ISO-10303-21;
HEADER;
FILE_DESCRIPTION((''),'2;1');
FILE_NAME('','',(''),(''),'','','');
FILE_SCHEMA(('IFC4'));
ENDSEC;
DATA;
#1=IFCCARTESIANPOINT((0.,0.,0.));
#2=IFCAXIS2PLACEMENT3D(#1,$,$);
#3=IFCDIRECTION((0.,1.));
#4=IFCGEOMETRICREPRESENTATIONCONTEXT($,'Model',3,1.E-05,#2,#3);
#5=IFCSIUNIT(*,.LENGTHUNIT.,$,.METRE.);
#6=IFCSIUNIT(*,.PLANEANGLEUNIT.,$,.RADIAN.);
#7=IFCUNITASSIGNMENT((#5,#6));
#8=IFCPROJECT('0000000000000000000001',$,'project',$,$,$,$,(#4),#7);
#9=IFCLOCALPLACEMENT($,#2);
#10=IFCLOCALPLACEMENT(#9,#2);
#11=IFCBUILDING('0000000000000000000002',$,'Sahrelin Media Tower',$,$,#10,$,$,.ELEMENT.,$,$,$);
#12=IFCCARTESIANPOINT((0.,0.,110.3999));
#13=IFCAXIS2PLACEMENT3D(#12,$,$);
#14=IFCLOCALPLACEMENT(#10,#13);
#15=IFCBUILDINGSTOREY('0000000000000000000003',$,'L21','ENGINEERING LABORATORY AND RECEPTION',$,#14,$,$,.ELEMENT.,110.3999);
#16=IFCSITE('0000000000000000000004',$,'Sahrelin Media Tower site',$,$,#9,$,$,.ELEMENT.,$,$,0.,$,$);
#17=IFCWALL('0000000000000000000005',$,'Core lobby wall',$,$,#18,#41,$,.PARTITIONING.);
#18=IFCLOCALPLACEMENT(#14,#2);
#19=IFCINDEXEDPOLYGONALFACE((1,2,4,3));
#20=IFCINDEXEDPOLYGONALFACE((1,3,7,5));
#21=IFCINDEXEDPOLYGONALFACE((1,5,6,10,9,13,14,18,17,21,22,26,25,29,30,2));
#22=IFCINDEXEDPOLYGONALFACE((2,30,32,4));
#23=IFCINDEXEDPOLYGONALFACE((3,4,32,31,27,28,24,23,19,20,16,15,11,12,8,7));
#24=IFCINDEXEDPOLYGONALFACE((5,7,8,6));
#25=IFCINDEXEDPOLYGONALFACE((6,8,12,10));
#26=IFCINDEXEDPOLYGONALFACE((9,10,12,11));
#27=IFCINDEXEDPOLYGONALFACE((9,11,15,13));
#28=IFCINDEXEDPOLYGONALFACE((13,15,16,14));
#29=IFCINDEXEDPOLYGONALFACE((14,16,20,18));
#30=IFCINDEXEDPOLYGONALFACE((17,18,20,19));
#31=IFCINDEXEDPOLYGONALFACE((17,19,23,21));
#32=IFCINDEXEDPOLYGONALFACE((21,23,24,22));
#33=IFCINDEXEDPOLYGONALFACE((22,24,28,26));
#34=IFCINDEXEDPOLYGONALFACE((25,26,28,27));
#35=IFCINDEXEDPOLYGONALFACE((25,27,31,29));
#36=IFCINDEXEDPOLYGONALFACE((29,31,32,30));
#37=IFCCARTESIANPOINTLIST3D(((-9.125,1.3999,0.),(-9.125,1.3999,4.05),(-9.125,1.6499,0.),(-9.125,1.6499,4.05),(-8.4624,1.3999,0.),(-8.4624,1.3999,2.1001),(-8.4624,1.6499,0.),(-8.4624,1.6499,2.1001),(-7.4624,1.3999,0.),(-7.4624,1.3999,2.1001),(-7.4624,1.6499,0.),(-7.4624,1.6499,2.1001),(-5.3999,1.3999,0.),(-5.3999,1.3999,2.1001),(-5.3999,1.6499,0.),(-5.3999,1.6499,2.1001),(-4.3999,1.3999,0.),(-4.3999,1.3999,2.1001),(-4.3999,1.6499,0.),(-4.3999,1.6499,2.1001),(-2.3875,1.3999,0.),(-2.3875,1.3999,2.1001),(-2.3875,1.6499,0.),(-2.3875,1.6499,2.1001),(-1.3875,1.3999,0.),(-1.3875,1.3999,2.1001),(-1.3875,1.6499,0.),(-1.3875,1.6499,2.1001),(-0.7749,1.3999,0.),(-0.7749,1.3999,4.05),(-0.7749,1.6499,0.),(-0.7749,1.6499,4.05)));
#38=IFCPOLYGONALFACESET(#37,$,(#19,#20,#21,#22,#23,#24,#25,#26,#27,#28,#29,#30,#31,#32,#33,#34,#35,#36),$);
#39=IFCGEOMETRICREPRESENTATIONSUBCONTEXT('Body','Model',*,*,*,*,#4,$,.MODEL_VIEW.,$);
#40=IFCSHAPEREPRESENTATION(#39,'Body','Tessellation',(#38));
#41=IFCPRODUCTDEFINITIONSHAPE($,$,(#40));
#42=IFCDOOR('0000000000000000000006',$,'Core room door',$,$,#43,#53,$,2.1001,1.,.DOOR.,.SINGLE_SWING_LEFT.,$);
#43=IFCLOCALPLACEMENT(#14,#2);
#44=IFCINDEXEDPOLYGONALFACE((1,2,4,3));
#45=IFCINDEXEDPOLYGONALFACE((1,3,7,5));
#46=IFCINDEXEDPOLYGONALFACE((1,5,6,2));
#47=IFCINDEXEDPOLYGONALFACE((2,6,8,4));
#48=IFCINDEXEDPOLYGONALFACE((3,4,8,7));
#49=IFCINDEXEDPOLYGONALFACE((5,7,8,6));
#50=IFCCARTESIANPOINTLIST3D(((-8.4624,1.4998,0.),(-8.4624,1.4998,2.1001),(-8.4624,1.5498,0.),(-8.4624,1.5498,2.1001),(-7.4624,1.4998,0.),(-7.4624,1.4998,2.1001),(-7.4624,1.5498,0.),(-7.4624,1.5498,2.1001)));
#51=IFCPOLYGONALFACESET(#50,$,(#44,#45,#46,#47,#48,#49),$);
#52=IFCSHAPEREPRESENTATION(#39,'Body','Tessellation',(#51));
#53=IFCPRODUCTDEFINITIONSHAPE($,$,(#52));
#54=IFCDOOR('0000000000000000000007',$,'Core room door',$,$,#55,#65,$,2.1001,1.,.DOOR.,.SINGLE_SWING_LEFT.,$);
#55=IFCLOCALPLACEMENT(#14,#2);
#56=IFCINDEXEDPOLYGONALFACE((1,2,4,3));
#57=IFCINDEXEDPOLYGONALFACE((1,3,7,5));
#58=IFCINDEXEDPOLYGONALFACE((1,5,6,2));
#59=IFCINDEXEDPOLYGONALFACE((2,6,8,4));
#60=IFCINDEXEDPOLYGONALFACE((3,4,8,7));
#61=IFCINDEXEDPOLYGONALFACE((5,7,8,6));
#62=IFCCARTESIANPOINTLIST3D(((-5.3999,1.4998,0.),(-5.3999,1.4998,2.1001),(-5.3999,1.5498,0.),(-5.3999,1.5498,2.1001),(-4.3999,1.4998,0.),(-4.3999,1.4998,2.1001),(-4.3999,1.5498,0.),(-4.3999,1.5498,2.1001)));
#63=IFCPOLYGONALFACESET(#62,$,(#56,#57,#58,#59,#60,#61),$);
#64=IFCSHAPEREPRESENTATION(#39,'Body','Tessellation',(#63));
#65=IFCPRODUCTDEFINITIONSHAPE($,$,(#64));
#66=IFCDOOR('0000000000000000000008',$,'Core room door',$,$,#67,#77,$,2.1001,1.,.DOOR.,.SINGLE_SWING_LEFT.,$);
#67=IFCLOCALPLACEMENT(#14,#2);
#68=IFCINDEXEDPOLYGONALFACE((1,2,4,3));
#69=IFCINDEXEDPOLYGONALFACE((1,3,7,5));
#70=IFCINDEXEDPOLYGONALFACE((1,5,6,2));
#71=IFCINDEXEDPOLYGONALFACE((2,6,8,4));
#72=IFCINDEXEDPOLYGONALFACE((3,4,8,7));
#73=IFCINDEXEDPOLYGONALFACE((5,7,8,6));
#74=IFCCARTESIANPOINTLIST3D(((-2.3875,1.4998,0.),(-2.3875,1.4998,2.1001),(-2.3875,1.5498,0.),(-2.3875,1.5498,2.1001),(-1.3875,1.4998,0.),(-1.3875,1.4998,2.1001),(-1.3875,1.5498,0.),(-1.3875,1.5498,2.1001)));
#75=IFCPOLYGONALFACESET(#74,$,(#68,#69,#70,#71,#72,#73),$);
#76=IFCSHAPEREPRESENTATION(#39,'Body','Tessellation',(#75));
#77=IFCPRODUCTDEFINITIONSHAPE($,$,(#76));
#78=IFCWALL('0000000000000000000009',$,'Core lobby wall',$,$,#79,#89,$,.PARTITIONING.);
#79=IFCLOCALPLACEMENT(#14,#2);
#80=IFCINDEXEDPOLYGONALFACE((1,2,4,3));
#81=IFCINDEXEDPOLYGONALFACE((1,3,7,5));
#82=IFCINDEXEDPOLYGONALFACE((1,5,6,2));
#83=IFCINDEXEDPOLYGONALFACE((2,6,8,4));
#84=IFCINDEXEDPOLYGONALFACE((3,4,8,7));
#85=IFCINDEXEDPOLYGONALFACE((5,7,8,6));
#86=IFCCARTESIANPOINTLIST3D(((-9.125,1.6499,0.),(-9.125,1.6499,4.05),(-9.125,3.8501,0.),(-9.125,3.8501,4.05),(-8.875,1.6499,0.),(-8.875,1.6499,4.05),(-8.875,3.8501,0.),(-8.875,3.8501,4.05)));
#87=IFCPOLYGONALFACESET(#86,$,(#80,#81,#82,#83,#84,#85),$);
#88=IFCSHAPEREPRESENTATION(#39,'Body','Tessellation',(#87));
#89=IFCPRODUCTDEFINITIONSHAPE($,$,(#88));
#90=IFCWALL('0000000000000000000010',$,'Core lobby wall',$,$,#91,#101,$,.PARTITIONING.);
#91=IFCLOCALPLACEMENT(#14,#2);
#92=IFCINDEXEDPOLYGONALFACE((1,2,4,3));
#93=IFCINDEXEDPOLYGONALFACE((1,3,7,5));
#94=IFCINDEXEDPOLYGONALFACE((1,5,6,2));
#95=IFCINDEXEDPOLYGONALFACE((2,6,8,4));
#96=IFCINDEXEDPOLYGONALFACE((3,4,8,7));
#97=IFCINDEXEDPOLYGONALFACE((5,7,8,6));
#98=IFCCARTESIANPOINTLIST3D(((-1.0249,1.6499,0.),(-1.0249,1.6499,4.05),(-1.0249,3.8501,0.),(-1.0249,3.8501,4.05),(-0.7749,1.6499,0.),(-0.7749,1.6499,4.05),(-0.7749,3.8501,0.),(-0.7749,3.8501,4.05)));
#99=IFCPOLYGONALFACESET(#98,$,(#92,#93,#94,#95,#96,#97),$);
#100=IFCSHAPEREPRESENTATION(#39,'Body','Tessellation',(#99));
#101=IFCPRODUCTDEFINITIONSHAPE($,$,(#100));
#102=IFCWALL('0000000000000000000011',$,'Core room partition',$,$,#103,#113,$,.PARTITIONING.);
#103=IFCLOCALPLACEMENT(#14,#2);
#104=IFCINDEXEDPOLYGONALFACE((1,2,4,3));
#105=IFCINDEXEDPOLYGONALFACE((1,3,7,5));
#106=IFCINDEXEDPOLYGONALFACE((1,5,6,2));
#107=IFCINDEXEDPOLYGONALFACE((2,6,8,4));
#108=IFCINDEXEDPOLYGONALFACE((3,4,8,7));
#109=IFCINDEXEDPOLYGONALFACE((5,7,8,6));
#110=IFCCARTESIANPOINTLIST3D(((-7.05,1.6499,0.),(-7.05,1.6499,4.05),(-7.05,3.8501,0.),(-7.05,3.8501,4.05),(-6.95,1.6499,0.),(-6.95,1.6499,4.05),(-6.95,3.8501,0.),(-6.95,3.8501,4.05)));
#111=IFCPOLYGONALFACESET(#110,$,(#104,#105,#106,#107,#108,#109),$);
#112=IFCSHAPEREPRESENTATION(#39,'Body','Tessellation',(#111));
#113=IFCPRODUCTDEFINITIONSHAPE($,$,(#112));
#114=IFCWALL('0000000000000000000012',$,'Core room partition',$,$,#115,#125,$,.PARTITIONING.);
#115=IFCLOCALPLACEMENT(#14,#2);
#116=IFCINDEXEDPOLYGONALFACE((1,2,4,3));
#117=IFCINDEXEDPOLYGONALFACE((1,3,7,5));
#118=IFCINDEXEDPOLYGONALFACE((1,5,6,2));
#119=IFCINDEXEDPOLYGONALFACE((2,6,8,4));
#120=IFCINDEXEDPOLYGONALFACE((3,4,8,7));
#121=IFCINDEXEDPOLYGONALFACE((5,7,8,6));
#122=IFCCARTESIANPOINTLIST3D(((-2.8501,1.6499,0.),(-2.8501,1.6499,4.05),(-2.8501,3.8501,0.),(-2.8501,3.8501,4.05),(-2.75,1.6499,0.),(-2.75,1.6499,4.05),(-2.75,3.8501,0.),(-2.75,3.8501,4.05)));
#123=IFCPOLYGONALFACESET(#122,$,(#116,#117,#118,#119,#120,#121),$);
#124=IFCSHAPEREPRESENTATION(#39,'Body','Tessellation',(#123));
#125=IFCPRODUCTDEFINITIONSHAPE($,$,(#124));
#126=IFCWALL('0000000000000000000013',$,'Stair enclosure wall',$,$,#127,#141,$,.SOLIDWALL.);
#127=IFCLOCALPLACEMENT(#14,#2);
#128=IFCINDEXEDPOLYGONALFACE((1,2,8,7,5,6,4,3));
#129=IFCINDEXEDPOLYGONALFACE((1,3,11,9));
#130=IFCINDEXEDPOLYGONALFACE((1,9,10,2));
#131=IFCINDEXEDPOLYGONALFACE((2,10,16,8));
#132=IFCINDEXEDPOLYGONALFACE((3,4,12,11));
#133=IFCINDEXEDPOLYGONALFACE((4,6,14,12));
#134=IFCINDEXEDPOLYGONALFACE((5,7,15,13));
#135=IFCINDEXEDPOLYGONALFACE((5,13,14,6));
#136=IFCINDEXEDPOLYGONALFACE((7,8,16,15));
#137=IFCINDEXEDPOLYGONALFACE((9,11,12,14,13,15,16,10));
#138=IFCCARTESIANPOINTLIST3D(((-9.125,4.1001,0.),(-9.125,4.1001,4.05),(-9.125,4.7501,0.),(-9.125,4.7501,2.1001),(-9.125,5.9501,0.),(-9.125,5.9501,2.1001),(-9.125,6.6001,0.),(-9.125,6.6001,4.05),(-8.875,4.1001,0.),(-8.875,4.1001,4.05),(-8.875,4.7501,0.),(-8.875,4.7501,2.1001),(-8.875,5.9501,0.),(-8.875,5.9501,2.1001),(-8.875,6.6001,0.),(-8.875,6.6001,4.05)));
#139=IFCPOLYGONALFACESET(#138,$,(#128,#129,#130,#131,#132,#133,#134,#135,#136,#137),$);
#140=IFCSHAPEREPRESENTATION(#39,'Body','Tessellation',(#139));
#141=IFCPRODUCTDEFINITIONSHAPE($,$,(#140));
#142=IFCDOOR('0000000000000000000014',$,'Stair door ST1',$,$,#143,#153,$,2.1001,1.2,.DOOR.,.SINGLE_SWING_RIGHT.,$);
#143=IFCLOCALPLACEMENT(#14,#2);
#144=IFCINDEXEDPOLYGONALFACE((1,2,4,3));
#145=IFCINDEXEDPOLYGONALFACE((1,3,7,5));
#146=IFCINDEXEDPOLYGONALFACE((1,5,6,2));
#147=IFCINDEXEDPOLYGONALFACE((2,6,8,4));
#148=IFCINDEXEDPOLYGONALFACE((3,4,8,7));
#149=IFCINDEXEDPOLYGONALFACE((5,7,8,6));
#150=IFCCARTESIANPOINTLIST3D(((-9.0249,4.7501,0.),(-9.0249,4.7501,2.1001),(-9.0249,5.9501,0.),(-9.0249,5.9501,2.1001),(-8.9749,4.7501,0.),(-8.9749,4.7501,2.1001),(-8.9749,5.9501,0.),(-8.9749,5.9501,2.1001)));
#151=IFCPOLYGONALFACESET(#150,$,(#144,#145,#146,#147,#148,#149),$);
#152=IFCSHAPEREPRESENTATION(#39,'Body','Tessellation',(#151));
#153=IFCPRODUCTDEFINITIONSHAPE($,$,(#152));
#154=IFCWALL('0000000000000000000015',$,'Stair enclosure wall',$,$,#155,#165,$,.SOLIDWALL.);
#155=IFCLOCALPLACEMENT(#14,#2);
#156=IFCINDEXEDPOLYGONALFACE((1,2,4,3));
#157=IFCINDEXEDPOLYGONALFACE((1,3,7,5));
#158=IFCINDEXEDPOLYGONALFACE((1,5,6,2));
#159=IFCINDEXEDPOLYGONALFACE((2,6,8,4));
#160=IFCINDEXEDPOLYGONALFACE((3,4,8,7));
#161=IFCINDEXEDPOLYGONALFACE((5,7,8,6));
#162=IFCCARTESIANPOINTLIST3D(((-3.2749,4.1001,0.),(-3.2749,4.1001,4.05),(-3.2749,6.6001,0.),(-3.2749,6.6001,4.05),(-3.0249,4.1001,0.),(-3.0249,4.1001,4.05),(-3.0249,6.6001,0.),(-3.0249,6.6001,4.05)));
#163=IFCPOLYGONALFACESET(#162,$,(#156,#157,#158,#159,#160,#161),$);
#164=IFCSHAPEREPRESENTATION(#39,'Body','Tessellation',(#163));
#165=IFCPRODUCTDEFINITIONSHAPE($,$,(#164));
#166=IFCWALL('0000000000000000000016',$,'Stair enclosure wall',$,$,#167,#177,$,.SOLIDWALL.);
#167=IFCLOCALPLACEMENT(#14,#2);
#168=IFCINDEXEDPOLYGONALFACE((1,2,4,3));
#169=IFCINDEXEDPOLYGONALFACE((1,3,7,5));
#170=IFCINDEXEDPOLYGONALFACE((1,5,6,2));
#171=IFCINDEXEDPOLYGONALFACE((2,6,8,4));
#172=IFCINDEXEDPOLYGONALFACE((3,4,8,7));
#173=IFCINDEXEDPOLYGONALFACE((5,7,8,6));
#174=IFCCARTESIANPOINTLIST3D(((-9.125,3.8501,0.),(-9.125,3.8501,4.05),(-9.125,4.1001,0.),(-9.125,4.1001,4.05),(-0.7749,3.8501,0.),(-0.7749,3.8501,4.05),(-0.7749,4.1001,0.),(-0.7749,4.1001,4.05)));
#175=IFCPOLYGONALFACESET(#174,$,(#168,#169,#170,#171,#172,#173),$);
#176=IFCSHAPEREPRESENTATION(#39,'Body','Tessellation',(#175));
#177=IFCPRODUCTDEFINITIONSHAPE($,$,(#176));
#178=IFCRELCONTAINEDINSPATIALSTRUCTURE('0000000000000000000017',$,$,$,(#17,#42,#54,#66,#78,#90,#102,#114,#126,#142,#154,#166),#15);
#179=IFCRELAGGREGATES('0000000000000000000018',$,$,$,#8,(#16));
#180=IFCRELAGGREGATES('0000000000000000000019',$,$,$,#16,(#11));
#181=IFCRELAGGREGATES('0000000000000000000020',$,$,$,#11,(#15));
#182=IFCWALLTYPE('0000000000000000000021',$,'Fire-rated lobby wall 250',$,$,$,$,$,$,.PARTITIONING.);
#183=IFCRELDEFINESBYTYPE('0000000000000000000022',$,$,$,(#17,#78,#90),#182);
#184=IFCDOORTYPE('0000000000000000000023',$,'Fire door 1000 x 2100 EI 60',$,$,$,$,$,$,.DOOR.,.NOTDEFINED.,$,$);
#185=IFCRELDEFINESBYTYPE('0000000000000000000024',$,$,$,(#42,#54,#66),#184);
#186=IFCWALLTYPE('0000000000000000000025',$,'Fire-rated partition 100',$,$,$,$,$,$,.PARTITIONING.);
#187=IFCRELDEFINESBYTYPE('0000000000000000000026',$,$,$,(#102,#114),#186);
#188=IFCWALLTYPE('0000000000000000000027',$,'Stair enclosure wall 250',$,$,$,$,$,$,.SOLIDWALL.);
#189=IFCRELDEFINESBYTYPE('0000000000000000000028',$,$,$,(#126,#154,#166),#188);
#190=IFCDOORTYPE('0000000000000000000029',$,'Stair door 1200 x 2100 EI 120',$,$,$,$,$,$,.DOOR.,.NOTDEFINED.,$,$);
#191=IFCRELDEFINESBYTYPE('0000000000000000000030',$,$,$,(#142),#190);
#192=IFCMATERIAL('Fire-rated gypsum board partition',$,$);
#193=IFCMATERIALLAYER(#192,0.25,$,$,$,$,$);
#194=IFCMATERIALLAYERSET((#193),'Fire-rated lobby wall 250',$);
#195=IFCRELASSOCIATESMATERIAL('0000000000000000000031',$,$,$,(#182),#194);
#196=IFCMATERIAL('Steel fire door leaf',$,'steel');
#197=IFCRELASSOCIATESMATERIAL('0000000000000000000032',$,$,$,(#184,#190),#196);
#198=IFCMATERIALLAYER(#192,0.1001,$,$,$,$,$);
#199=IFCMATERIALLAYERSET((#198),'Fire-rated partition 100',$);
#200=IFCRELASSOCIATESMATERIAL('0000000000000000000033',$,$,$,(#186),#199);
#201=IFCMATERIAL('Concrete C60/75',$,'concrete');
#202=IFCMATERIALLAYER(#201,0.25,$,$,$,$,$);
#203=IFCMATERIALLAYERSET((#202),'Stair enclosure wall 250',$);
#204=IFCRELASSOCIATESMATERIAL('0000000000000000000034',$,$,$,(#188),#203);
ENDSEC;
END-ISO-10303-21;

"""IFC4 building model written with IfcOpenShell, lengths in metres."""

from ifc_helpers import new_model, si_unit, direction, frame, frame_2d, origin, place, context, subcontext, project, spatial, rectangle, extrude, material, layer, layer_set, type_object, element, fill, save


model = new_model("IFC4")

# Units and contexts
model_context = context("Model", 3, precision=1e-05, world=origin(), true_north=direction((0.0, 1.0)))
body_context = subcontext(model_context, "Body", "Model", "MODEL_VIEW")
ifc_project = project(units=[si_unit("LENGTHUNIT", "METRE"), si_unit("PLANEANGLEUNIT", "RADIAN")], contexts=[model_context])

# Site, building, storey
site_placement = place(None, origin())
site = spatial("IfcSite", under=ifc_project, at=site_placement, Name="Sahrelin Media Tower site", CompositionType="ELEMENT", RefElevation=0.0)
building_placement = place(site_placement, origin())
building = spatial("IfcBuilding", under=site, at=building_placement, Name="Sahrelin Media Tower", CompositionType="ELEMENT")
storey_placement = place(building_placement, frame((0.0, 0.0, 110.3999)))
storey = spatial("IfcBuildingStorey", under=building, at=storey_placement, Name="L21", Description="ENGINEERING LABORATORY AND RECEPTION", CompositionType="ELEMENT", Elevation=110.3999)

# Shared definitions
ifc_material_1 = material(Name="Concrete C60/75", Category="concrete")

# Shared definitions
ifc_material_2 = material(Name="Fire-rated gypsum board partition")
ifc_layer_1 = layer(ifc_material_2, 0.25)
ifc_layer_set_1 = layer_set([ifc_layer_1], Name="Fire-rated lobby wall 250")
wall_type_1 = type_object("IfcWallType", Name="Fire-rated lobby wall 250", PredefinedType="PARTITIONING", material=ifc_layer_set_1)
ifc_material_3 = material(Name="Steel fire door leaf", Category="steel")

# Wall, openings, doors
wall_1_placement = place(storey_placement, frame((-9.125, 1.5249, 0.0), z_axis=(0.0, 0.0, 1.0), x_axis=(1.0, 0.0, 0.0)))
wall_1 = element("IfcWall", 1, at=wall_1_placement, inside=storey, type_object=wall_type_1, Name="Core lobby wall", PredefinedType="PARTITIONING", context=body_context, shape_type="SweptSolid", body=[
    extrude(rectangle(XDim=8.3501, YDim=0.25, at=frame_2d((4.175, 0.0))), origin(), (0.0, 0.0, 1.0), 4.05),
])
opening_1_placement = place(wall_1_placement, frame((0.6626, 0.0, 0.0)))
opening_1 = element("IfcOpeningElement", 2, at=opening_1_placement, cuts=wall_1, PredefinedType="OPENING", context=body_context, shape_type="SweptSolid", body=[
    extrude(rectangle(XDim=1.0, YDim=2.1001, at=frame_2d((0.5, 1.05))), frame((0.0, 0.125, 0.0), z_axis=(0.0, -1.0, 0.0), x_axis=(1.0, 0.0, 0.0)), (0.0, 0.0, 1.0), 0.25),
])
opening_2_placement = place(wall_1_placement, frame((3.7251, 0.0, 0.0)))
opening_2 = element("IfcOpeningElement", 3, at=opening_2_placement, cuts=wall_1, PredefinedType="OPENING", context=body_context, shape_type="SweptSolid", body=[
    extrude(rectangle(XDim=1.0, YDim=2.1001, at=frame_2d((0.5, 1.05))), frame((0.0, 0.125, 0.0), z_axis=(0.0, -1.0, 0.0), x_axis=(1.0, 0.0, 0.0)), (0.0, 0.0, 1.0), 0.25),
])
opening_3_placement = place(wall_1_placement, frame((6.7375, 0.0, 0.0)))
opening_3 = element("IfcOpeningElement", 4, at=opening_3_placement, cuts=wall_1, PredefinedType="OPENING", context=body_context, shape_type="SweptSolid", body=[
    extrude(rectangle(XDim=1.0, YDim=2.1001, at=frame_2d((0.5, 1.05))), frame((0.0, 0.125, 0.0), z_axis=(0.0, -1.0, 0.0), x_axis=(1.0, 0.0, 0.0)), (0.0, 0.0, 1.0), 0.25),
])
door_type_1 = type_object("IfcDoorType", Name="Fire door 1000 x 2100 EI 60", OperationType="NOTDEFINED", PredefinedType="DOOR", material=ifc_material_3)
door_1_placement = place(opening_1_placement, origin())
door_1 = element("IfcDoor", 5, at=door_1_placement, inside=storey, type_object=door_type_1, Name="Core room door", OperationType="SINGLE_SWING_LEFT", OverallHeight=2.1001, OverallWidth=1.0, PredefinedType="DOOR", context=body_context, shape_type="SweptSolid", body=[
    extrude(rectangle(XDim=1.0, YDim=2.1001, at=frame_2d((0.5, 1.05))), frame((0.0, 0.0249, 0.0), z_axis=(0.0, -1.0, 0.0), x_axis=(1.0, 0.0, 0.0)), (0.0, 0.0, 1.0), 0.05),
])
fill(opening_1, door_1)
door_2_placement = place(opening_2_placement, origin())
door_2 = element("IfcDoor", 6, at=door_2_placement, inside=storey, type_object=door_type_1, Name="Core room door", OperationType="SINGLE_SWING_LEFT", OverallHeight=2.1001, OverallWidth=1.0, PredefinedType="DOOR", context=body_context, shape_type="SweptSolid", body=[
    extrude(rectangle(XDim=1.0, YDim=2.1001, at=frame_2d((0.5, 1.05))), frame((0.0, 0.0249, 0.0), z_axis=(0.0, -1.0, 0.0), x_axis=(1.0, 0.0, 0.0)), (0.0, 0.0, 1.0), 0.05),
])
fill(opening_2, door_2)
door_3_placement = place(opening_3_placement, origin())
door_3 = element("IfcDoor", 7, at=door_3_placement, inside=storey, type_object=door_type_1, Name="Core room door", OperationType="SINGLE_SWING_LEFT", OverallHeight=2.1001, OverallWidth=1.0, PredefinedType="DOOR", context=body_context, shape_type="SweptSolid", body=[
    extrude(rectangle(XDim=1.0, YDim=2.1001, at=frame_2d((0.5, 1.05))), frame((0.0, 0.0249, 0.0), z_axis=(0.0, -1.0, 0.0), x_axis=(1.0, 0.0, 0.0)), (0.0, 0.0, 1.0), 0.05),
])
fill(opening_3, door_3)

# Walls
for number, where, z_axis, x_axis, name in (
    (8, (-9.0, 1.6499, 0.0), (0.0, 0.0, 1.0), (0.0, 1.0, 0.0), "Core lobby wall"),
    (9, (-0.8999, 1.6499, 0.0), (0.0, 0.0, 1.0), (0.0, 1.0, 0.0), "Core lobby wall"),
):
    element("IfcWall", number, at=place(storey_placement, frame(where, z_axis=z_axis, x_axis=x_axis)), inside=storey, type_object=wall_type_1, Name=name, PredefinedType="PARTITIONING", context=body_context, shape_type="SweptSolid", body=[
        extrude(rectangle(XDim=2.2002, YDim=0.25, at=frame_2d((1.1001, 0.0))), origin(), (0.0, 0.0, 1.0), 4.05),
    ])
ifc_layer_2 = layer(ifc_material_2, 0.1001)
ifc_layer_set_2 = layer_set([ifc_layer_2], Name="Fire-rated partition 100")
wall_type_2 = type_object("IfcWallType", Name="Fire-rated partition 100", PredefinedType="PARTITIONING", material=ifc_layer_set_2)
for number, where, z_axis, x_axis, name in (
    (10, (-7.0, 1.6499, 0.0), (0.0, 0.0, 1.0), (0.0, 1.0, 0.0), "Core room partition"),
    (11, (-2.8, 1.6499, 0.0), (0.0, 0.0, 1.0), (0.0, 1.0, 0.0), "Core room partition"),
):
    element("IfcWall", number, at=place(storey_placement, frame(where, z_axis=z_axis, x_axis=x_axis)), inside=storey, type_object=wall_type_2, Name=name, PredefinedType="PARTITIONING", context=body_context, shape_type="SweptSolid", body=[
        extrude(rectangle(XDim=2.2002, YDim=0.1001, at=frame_2d((1.1001, 0.0))), origin(), (0.0, 0.0, 1.0), 4.05),
    ])

# Wall, opening, door
ifc_layer_3 = layer(ifc_material_1, 0.25)
ifc_layer_set_3 = layer_set([ifc_layer_3], Name="Stair enclosure wall 250")
wall_type_3 = type_object("IfcWallType", Name="Stair enclosure wall 250", PredefinedType="SOLIDWALL", material=ifc_layer_set_3)
wall_2_placement = place(storey_placement, frame((-9.0, 4.1001, 0.0), z_axis=(0.0, 0.0, 1.0), x_axis=(0.0, 1.0, 0.0)))
wall_2 = element("IfcWall", 12, at=wall_2_placement, inside=storey, type_object=wall_type_3, Name="Stair enclosure wall", PredefinedType="SOLIDWALL", context=body_context, shape_type="SweptSolid", body=[
    extrude(rectangle(XDim=2.5, YDim=0.25, at=frame_2d((1.25, 0.0))), origin(), (0.0, 0.0, 1.0), 4.05),
])
opening_4_placement = place(wall_2_placement, frame((0.6499, 0.0, 0.0)))
opening_4 = element("IfcOpeningElement", 13, at=opening_4_placement, cuts=wall_2, PredefinedType="OPENING", context=body_context, shape_type="SweptSolid", body=[
    extrude(rectangle(XDim=1.2, YDim=2.1001, at=frame_2d((0.6001, 1.05))), frame((0.0, 0.125, 0.0), z_axis=(0.0, -1.0, 0.0), x_axis=(1.0, 0.0, 0.0)), (0.0, 0.0, 1.0), 0.25),
])
door_type_2 = type_object("IfcDoorType", Name="Stair door 1200 x 2100 EI 120", OperationType="NOTDEFINED", PredefinedType="DOOR", material=ifc_material_3)
door_4_placement = place(opening_4_placement, origin())
door_4 = element("IfcDoor", 14, at=door_4_placement, inside=storey, type_object=door_type_2, Name="Stair door ST1", OperationType="SINGLE_SWING_RIGHT", OverallHeight=2.1001, OverallWidth=1.2, PredefinedType="DOOR", context=body_context, shape_type="SweptSolid", body=[
    extrude(rectangle(XDim=1.2, YDim=2.1001, at=frame_2d((0.6001, 1.05))), frame((0.0, 0.0249, 0.0), z_axis=(0.0, -1.0, 0.0), x_axis=(1.0, 0.0, 0.0)), (0.0, 0.0, 1.0), 0.05),
])
fill(opening_4, door_4)

# Walls
wall_3_placement = place(storey_placement, frame((-3.1499, 4.1001, 0.0), z_axis=(0.0, 0.0, 1.0), x_axis=(0.0, 1.0, 0.0)))
element("IfcWall", 15, at=wall_3_placement, inside=storey, type_object=wall_type_3, Name="Stair enclosure wall", PredefinedType="SOLIDWALL", context=body_context, shape_type="SweptSolid", body=[
    extrude(rectangle(XDim=2.5, YDim=0.25, at=frame_2d((1.25, 0.0))), origin(), (0.0, 0.0, 1.0), 4.05),
])
wall_4_placement = place(storey_placement, frame((-9.125, 3.9751, 0.0), z_axis=(0.0, 0.0, 1.0), x_axis=(1.0, 0.0, 0.0)))
element("IfcWall", 16, at=wall_4_placement, inside=storey, type_object=wall_type_3, Name="Stair enclosure wall", PredefinedType="SOLIDWALL", context=body_context, shape_type="SweptSolid", body=[
    extrude(rectangle(XDim=8.3501, YDim=0.25, at=frame_2d((4.175, 0.0))), origin(), (0.0, 0.0, 1.0), 4.05),
])

save(model, "model.ifc")
